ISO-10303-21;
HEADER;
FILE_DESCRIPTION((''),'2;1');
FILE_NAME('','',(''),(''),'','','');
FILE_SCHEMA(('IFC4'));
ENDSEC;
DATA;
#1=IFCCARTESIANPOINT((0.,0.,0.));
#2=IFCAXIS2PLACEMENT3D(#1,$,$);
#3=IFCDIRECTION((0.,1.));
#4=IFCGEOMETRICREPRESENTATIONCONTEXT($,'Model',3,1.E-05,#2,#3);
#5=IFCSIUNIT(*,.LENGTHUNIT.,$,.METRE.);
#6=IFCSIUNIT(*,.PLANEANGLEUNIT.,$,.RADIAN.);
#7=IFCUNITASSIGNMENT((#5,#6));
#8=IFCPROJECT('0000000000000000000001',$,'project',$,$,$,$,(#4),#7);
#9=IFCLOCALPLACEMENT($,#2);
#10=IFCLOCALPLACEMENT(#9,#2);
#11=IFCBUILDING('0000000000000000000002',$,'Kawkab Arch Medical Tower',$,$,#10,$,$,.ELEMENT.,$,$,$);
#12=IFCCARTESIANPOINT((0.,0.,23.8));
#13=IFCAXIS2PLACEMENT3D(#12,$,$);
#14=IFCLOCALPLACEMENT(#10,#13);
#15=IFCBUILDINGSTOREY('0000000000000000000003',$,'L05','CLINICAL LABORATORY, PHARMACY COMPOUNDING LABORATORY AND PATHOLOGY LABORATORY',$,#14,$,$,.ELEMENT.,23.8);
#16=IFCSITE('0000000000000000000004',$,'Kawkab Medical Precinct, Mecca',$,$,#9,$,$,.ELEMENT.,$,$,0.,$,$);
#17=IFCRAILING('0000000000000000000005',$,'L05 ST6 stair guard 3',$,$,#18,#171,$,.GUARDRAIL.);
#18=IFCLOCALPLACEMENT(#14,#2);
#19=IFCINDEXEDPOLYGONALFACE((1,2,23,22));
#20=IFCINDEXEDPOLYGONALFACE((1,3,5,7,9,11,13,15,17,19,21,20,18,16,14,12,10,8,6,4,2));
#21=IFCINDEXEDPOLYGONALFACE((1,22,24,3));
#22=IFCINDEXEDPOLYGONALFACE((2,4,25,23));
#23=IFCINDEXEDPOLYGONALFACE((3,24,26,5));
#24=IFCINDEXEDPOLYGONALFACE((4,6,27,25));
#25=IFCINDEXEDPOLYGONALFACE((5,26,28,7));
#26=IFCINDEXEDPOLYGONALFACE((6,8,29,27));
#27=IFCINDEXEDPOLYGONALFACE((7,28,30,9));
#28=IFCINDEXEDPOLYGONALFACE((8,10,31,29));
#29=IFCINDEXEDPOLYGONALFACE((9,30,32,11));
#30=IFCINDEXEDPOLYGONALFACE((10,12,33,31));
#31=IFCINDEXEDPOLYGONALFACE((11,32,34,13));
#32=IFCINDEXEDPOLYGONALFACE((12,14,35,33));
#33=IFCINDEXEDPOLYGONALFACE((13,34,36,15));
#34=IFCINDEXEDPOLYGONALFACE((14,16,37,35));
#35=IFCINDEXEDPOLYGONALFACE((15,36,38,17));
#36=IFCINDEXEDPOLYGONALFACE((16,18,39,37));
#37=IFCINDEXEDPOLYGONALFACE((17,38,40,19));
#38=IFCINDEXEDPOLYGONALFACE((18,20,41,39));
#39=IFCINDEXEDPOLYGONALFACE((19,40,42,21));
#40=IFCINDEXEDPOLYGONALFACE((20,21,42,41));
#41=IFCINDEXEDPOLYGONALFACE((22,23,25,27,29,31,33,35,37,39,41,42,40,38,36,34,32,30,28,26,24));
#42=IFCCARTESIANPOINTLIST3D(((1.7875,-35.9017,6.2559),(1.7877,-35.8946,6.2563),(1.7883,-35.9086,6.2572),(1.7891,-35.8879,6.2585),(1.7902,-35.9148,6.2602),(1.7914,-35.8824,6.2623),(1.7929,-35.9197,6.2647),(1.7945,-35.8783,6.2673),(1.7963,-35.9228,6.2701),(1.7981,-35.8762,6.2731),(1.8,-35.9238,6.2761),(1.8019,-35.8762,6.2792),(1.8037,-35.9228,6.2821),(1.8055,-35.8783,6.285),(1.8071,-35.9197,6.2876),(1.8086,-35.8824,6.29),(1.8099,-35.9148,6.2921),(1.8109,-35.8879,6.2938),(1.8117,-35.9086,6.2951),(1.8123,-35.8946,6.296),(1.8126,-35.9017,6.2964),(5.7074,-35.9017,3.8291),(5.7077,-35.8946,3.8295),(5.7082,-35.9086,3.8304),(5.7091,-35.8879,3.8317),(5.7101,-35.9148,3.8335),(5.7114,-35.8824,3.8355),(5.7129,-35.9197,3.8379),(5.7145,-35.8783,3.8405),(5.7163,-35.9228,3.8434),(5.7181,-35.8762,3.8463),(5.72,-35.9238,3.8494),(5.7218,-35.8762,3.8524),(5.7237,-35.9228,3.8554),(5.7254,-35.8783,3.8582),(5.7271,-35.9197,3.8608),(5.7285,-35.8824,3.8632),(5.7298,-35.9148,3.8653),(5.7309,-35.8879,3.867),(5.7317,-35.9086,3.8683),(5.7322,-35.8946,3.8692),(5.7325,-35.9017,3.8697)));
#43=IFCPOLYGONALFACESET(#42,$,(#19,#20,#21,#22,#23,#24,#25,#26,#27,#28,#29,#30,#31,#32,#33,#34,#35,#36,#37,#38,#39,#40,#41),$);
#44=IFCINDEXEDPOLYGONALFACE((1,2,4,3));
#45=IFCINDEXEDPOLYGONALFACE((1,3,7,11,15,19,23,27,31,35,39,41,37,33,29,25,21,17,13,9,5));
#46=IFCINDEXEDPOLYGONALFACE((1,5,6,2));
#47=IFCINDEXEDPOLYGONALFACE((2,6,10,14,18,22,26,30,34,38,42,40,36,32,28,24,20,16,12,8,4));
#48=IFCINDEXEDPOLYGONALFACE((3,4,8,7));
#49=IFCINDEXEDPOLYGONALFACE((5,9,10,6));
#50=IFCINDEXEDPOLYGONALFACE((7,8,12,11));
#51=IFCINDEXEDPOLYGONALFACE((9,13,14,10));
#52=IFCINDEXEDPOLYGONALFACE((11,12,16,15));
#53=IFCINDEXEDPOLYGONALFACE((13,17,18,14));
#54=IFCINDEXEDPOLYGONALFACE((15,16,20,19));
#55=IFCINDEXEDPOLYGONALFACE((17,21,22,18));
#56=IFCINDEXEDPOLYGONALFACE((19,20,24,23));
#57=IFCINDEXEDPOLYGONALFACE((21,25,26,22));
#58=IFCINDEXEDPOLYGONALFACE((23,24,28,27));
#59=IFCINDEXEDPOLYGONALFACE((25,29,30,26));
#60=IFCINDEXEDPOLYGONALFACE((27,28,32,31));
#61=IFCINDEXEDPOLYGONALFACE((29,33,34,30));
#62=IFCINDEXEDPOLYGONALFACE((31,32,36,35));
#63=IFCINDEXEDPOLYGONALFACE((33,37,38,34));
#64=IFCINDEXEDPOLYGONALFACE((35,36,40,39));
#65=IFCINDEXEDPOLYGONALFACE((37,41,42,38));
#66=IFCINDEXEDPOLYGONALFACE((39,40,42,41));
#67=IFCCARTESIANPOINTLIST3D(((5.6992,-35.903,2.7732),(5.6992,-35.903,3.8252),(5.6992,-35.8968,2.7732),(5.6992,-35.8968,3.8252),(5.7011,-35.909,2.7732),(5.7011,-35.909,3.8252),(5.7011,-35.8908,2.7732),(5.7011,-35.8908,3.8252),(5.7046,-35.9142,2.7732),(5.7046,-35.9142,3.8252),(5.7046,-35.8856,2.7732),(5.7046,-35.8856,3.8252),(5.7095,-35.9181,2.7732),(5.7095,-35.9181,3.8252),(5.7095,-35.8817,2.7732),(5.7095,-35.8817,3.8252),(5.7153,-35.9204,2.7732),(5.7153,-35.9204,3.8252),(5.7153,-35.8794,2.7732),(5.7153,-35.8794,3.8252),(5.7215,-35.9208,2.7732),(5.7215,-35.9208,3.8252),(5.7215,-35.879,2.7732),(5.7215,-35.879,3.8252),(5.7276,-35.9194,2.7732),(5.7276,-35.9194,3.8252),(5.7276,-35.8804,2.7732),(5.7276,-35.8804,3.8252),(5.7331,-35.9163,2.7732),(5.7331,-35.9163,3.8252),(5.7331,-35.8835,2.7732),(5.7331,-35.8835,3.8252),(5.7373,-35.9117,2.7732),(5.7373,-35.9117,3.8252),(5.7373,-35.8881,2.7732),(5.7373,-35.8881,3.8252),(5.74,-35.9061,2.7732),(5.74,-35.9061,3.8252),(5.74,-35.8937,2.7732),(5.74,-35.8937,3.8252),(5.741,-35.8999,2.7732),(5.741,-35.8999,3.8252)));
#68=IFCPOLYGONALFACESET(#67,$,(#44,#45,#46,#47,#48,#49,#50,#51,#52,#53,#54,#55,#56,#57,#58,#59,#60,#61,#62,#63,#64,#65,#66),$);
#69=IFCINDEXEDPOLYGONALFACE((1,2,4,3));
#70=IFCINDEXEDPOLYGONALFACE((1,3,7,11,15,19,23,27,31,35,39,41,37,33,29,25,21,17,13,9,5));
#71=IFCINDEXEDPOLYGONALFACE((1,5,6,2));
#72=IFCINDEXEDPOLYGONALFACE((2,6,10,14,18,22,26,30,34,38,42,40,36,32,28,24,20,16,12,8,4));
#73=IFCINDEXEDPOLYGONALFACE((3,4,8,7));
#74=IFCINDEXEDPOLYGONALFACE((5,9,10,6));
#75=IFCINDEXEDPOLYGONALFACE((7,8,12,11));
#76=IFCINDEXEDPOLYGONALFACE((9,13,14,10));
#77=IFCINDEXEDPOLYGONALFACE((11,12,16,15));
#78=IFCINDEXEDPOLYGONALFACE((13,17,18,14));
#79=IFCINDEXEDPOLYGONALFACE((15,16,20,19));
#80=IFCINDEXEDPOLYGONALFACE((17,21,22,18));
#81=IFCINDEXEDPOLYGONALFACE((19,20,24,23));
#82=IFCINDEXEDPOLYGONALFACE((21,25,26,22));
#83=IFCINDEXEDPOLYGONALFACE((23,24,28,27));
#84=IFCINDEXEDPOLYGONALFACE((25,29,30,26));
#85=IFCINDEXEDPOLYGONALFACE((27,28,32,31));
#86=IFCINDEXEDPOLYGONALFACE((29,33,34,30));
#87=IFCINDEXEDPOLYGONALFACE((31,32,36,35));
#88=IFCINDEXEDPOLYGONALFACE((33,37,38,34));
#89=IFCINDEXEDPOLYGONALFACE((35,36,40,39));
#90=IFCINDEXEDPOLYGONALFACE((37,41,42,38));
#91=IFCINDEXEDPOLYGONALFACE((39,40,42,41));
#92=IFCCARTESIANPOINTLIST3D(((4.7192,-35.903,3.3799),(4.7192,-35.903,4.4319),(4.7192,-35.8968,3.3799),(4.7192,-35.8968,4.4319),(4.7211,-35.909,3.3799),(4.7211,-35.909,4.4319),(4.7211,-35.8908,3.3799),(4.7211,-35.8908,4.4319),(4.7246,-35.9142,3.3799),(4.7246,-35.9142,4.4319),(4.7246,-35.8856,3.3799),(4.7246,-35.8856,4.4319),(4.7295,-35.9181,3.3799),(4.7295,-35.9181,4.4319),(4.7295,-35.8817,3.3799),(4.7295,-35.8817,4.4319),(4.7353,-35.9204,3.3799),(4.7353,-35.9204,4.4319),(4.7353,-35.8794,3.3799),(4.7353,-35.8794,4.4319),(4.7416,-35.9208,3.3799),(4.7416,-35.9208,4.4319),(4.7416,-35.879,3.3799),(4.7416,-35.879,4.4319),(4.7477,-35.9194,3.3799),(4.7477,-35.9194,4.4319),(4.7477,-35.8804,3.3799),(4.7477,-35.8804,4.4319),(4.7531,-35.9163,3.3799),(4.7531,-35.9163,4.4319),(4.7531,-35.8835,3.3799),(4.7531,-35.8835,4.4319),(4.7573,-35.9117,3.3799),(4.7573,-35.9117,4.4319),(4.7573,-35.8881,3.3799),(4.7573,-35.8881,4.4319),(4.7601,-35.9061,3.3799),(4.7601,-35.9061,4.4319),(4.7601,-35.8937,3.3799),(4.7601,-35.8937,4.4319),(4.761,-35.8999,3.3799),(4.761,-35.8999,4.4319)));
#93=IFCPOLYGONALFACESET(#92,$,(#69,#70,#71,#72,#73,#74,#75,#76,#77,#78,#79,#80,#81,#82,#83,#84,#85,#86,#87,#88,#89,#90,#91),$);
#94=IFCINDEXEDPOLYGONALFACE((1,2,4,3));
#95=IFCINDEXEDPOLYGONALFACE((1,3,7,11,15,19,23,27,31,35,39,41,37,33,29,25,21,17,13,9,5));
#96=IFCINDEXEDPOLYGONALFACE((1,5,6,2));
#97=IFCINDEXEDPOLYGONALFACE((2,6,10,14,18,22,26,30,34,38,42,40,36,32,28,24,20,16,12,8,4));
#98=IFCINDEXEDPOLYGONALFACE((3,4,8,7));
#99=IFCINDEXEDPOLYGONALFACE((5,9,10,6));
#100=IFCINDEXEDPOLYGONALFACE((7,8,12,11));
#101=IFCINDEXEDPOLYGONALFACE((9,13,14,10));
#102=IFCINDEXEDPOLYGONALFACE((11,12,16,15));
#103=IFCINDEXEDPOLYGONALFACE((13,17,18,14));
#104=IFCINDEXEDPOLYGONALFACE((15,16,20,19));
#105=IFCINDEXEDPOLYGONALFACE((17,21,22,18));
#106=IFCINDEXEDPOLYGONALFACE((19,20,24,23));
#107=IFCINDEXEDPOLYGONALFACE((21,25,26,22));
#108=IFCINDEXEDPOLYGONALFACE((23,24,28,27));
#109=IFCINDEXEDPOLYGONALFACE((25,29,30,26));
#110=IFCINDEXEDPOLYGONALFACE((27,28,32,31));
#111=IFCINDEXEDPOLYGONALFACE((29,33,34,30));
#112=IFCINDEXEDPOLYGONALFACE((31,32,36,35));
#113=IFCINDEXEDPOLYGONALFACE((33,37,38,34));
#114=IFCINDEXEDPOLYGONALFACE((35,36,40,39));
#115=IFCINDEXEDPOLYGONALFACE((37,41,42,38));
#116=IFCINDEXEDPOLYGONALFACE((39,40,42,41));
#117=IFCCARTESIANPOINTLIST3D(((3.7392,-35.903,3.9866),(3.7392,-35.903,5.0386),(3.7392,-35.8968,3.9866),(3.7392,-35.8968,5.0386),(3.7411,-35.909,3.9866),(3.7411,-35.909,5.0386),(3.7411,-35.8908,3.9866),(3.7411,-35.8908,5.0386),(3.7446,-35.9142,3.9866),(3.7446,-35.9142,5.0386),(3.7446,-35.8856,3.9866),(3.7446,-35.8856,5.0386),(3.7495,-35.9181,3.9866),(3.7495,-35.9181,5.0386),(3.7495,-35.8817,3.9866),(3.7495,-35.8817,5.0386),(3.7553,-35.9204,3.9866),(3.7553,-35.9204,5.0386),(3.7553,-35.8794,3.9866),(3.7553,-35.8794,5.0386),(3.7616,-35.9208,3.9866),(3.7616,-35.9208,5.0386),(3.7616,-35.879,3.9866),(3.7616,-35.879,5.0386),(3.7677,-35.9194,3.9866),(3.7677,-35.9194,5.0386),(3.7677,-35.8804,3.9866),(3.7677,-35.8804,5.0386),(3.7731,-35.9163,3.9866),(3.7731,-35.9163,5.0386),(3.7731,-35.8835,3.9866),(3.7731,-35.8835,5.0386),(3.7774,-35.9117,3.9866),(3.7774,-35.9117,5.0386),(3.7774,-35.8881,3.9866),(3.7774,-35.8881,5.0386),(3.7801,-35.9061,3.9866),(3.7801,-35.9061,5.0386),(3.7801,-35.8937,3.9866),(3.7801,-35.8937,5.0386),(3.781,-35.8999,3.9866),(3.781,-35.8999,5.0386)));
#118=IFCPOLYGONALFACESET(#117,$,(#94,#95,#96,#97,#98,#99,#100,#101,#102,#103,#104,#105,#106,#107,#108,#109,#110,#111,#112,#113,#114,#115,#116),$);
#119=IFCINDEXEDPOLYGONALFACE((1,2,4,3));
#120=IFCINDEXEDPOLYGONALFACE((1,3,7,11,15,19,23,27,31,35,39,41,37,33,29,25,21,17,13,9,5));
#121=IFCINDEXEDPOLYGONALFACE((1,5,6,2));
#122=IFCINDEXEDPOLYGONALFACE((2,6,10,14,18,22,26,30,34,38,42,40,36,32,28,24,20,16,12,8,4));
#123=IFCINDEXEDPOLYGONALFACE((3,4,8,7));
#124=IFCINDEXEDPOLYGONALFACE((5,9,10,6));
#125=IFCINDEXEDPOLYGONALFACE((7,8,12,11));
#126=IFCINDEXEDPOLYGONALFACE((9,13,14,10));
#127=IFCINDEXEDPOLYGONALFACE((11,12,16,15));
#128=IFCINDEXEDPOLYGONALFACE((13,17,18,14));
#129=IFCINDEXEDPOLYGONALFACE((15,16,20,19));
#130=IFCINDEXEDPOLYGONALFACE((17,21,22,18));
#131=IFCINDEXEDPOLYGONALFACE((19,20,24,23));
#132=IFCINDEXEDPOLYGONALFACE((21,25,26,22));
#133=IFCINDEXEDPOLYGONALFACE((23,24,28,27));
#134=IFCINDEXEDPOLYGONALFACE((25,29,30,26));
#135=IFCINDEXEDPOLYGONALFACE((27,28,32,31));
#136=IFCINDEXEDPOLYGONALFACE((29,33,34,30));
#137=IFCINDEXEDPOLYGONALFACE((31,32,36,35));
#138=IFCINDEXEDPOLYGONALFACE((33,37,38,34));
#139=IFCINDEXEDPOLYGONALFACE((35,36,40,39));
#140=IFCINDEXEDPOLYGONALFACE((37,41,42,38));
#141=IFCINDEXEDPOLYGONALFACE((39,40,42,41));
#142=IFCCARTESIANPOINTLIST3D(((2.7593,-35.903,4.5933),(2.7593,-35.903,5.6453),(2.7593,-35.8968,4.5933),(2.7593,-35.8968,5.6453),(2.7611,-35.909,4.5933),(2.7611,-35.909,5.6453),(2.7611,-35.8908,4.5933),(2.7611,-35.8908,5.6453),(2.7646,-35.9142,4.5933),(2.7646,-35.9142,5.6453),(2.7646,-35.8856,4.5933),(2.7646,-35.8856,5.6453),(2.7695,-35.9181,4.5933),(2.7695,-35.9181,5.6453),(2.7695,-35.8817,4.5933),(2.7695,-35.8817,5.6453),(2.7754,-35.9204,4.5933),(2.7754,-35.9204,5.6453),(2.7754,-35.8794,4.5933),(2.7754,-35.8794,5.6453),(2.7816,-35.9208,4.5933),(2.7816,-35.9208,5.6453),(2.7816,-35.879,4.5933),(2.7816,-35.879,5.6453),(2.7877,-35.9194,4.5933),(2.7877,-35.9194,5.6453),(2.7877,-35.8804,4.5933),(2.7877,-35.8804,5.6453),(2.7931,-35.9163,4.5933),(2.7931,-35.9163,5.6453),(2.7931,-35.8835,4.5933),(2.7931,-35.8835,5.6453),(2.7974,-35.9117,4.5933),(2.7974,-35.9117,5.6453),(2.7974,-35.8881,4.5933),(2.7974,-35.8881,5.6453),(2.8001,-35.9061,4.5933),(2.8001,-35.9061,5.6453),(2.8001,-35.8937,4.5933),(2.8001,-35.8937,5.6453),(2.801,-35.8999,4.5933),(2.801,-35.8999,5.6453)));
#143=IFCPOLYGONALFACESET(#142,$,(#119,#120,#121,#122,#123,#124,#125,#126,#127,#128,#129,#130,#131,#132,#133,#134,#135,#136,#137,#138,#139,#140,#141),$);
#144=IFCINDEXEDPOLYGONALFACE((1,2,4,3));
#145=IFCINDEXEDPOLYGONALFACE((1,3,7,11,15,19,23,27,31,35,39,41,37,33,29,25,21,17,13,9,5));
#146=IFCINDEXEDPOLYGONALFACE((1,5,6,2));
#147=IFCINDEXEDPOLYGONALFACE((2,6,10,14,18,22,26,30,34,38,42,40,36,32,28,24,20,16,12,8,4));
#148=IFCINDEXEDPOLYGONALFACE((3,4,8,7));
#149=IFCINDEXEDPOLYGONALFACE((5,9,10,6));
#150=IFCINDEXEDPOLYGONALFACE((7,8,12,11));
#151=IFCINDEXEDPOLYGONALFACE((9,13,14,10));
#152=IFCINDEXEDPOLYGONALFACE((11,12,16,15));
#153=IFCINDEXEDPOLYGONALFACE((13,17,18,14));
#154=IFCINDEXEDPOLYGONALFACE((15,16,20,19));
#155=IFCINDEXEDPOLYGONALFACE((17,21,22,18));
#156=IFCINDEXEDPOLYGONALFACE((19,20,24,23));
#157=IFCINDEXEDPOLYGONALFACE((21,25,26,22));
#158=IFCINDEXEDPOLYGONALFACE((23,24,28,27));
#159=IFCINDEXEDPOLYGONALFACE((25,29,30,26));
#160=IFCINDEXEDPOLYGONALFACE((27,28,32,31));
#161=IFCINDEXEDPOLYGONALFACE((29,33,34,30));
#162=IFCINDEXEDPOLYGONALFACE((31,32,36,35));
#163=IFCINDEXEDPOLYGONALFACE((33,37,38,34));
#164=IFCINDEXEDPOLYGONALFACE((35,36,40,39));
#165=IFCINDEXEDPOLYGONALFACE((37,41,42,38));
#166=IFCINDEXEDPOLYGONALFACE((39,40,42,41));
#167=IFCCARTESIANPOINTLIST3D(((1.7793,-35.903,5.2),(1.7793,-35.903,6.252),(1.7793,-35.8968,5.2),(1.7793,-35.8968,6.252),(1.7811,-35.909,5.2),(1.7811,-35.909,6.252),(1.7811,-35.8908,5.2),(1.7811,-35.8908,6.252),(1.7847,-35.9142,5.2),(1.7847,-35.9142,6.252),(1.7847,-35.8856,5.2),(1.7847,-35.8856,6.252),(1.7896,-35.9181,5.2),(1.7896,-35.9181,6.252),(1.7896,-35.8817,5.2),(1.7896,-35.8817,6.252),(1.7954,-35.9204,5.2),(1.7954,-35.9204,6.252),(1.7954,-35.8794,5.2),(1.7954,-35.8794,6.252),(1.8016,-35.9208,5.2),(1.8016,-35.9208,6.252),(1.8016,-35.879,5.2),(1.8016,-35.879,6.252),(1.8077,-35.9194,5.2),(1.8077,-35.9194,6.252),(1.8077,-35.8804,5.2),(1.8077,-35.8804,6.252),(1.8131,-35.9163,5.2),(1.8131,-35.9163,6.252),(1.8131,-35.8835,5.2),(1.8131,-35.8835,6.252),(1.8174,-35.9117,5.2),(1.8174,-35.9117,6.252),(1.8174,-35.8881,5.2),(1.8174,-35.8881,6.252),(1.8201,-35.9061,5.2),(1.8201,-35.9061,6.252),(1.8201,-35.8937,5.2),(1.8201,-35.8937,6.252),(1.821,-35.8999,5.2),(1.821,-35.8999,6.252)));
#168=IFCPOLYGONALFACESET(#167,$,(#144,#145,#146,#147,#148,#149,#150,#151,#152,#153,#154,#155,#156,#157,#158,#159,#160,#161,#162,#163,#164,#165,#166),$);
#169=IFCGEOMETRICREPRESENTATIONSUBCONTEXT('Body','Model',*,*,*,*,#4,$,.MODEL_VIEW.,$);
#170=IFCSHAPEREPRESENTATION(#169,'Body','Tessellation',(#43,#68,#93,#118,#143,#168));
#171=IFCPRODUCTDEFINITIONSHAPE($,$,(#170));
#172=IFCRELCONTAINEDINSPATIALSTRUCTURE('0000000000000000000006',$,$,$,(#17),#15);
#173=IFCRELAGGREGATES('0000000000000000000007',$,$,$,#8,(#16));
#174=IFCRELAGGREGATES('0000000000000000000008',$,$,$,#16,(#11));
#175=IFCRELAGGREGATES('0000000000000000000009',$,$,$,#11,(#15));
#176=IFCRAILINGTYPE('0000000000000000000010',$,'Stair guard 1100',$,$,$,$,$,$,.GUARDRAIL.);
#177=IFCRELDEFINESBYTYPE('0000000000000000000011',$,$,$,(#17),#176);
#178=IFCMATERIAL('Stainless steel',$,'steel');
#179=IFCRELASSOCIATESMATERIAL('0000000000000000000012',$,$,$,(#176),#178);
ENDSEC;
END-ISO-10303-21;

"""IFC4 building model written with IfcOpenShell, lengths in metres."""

from ifc_helpers import new_model, si_unit, direction, frame, origin, origin_2d, place, context, subcontext, project, spatial, circle, extrude, material, type_object, element, save


model = new_model("IFC4")

# Units and contexts
model_context = context("Model", 3, precision=1e-05, world=origin(), true_north=direction((0.0, 1.0)))
body_context = subcontext(model_context, "Body", "Model", "MODEL_VIEW")
ifc_project = project(units=[si_unit("LENGTHUNIT", "METRE"), si_unit("PLANEANGLEUNIT", "RADIAN")], contexts=[model_context])

# Site, building, storey
site_placement = place(None, origin())
site = spatial("IfcSite", under=ifc_project, at=site_placement, Name="Kawkab Medical Precinct, Mecca", CompositionType="ELEMENT", RefElevation=0.0)
building_placement = place(site_placement, origin())
building = spatial("IfcBuilding", under=site, at=building_placement, Name="Kawkab Arch Medical Tower", CompositionType="ELEMENT")
storey_placement = place(building_placement, frame((0.0, 0.0, 23.8)))
storey = spatial("IfcBuildingStorey", under=building, at=storey_placement, Name="L05", Description="CLINICAL LABORATORY, PHARMACY COMPOUNDING LABORATORY AND PATHOLOGY LABORATORY", CompositionType="ELEMENT", Elevation=23.8)

# Railing
ifc_material_1 = material(Name="Stainless steel", Category="steel")
railing_type = type_object("IfcRailingType", Name="Stair guard 1100", PredefinedType="GUARDRAIL", material=ifc_material_1)
railing_1_placement = place(storey_placement, frame((5.72, -35.8999, 2.7732)))
element("IfcRailing", 1, at=railing_1_placement, inside=storey, type_object=railing_type, Name="L05 ST6 stair guard 3", PredefinedType="GUARDRAIL", context=body_context, shape_type="SweptSolid", body=[
    extrude(circle(Radius=0.0239, at=origin_2d()), frame((0.0, 0.0, 1.0762), z_axis=(-0.850252, 0.0, 0.526376), x_axis=(0.0, -1.0, 0.0)), (0.0, 0.0, 1.0), 4.6104),
    extrude(circle(Radius=0.021, at=origin_2d()), origin(), (0.0, 0.0, 1.0), 1.052),
    extrude(circle(Radius=0.021, at=origin_2d()), frame((-0.98, 0.0, 0.6067)), (0.0, 0.0, 1.0), 1.052),
    extrude(circle(Radius=0.021, at=origin_2d()), frame((-1.96, 0.0, 1.2134)), (0.0, 0.0, 1.0), 1.052),
    extrude(circle(Radius=0.021, at=origin_2d()), frame((-2.9399, 0.0, 1.8201)), (0.0, 0.0, 1.0), 1.052),
    extrude(circle(Radius=0.021, at=origin_2d()), frame((-3.9199, 0.0, 2.4268)), (0.0, 0.0, 1.0), 1.052),
])

save(model, "model.ifc")
